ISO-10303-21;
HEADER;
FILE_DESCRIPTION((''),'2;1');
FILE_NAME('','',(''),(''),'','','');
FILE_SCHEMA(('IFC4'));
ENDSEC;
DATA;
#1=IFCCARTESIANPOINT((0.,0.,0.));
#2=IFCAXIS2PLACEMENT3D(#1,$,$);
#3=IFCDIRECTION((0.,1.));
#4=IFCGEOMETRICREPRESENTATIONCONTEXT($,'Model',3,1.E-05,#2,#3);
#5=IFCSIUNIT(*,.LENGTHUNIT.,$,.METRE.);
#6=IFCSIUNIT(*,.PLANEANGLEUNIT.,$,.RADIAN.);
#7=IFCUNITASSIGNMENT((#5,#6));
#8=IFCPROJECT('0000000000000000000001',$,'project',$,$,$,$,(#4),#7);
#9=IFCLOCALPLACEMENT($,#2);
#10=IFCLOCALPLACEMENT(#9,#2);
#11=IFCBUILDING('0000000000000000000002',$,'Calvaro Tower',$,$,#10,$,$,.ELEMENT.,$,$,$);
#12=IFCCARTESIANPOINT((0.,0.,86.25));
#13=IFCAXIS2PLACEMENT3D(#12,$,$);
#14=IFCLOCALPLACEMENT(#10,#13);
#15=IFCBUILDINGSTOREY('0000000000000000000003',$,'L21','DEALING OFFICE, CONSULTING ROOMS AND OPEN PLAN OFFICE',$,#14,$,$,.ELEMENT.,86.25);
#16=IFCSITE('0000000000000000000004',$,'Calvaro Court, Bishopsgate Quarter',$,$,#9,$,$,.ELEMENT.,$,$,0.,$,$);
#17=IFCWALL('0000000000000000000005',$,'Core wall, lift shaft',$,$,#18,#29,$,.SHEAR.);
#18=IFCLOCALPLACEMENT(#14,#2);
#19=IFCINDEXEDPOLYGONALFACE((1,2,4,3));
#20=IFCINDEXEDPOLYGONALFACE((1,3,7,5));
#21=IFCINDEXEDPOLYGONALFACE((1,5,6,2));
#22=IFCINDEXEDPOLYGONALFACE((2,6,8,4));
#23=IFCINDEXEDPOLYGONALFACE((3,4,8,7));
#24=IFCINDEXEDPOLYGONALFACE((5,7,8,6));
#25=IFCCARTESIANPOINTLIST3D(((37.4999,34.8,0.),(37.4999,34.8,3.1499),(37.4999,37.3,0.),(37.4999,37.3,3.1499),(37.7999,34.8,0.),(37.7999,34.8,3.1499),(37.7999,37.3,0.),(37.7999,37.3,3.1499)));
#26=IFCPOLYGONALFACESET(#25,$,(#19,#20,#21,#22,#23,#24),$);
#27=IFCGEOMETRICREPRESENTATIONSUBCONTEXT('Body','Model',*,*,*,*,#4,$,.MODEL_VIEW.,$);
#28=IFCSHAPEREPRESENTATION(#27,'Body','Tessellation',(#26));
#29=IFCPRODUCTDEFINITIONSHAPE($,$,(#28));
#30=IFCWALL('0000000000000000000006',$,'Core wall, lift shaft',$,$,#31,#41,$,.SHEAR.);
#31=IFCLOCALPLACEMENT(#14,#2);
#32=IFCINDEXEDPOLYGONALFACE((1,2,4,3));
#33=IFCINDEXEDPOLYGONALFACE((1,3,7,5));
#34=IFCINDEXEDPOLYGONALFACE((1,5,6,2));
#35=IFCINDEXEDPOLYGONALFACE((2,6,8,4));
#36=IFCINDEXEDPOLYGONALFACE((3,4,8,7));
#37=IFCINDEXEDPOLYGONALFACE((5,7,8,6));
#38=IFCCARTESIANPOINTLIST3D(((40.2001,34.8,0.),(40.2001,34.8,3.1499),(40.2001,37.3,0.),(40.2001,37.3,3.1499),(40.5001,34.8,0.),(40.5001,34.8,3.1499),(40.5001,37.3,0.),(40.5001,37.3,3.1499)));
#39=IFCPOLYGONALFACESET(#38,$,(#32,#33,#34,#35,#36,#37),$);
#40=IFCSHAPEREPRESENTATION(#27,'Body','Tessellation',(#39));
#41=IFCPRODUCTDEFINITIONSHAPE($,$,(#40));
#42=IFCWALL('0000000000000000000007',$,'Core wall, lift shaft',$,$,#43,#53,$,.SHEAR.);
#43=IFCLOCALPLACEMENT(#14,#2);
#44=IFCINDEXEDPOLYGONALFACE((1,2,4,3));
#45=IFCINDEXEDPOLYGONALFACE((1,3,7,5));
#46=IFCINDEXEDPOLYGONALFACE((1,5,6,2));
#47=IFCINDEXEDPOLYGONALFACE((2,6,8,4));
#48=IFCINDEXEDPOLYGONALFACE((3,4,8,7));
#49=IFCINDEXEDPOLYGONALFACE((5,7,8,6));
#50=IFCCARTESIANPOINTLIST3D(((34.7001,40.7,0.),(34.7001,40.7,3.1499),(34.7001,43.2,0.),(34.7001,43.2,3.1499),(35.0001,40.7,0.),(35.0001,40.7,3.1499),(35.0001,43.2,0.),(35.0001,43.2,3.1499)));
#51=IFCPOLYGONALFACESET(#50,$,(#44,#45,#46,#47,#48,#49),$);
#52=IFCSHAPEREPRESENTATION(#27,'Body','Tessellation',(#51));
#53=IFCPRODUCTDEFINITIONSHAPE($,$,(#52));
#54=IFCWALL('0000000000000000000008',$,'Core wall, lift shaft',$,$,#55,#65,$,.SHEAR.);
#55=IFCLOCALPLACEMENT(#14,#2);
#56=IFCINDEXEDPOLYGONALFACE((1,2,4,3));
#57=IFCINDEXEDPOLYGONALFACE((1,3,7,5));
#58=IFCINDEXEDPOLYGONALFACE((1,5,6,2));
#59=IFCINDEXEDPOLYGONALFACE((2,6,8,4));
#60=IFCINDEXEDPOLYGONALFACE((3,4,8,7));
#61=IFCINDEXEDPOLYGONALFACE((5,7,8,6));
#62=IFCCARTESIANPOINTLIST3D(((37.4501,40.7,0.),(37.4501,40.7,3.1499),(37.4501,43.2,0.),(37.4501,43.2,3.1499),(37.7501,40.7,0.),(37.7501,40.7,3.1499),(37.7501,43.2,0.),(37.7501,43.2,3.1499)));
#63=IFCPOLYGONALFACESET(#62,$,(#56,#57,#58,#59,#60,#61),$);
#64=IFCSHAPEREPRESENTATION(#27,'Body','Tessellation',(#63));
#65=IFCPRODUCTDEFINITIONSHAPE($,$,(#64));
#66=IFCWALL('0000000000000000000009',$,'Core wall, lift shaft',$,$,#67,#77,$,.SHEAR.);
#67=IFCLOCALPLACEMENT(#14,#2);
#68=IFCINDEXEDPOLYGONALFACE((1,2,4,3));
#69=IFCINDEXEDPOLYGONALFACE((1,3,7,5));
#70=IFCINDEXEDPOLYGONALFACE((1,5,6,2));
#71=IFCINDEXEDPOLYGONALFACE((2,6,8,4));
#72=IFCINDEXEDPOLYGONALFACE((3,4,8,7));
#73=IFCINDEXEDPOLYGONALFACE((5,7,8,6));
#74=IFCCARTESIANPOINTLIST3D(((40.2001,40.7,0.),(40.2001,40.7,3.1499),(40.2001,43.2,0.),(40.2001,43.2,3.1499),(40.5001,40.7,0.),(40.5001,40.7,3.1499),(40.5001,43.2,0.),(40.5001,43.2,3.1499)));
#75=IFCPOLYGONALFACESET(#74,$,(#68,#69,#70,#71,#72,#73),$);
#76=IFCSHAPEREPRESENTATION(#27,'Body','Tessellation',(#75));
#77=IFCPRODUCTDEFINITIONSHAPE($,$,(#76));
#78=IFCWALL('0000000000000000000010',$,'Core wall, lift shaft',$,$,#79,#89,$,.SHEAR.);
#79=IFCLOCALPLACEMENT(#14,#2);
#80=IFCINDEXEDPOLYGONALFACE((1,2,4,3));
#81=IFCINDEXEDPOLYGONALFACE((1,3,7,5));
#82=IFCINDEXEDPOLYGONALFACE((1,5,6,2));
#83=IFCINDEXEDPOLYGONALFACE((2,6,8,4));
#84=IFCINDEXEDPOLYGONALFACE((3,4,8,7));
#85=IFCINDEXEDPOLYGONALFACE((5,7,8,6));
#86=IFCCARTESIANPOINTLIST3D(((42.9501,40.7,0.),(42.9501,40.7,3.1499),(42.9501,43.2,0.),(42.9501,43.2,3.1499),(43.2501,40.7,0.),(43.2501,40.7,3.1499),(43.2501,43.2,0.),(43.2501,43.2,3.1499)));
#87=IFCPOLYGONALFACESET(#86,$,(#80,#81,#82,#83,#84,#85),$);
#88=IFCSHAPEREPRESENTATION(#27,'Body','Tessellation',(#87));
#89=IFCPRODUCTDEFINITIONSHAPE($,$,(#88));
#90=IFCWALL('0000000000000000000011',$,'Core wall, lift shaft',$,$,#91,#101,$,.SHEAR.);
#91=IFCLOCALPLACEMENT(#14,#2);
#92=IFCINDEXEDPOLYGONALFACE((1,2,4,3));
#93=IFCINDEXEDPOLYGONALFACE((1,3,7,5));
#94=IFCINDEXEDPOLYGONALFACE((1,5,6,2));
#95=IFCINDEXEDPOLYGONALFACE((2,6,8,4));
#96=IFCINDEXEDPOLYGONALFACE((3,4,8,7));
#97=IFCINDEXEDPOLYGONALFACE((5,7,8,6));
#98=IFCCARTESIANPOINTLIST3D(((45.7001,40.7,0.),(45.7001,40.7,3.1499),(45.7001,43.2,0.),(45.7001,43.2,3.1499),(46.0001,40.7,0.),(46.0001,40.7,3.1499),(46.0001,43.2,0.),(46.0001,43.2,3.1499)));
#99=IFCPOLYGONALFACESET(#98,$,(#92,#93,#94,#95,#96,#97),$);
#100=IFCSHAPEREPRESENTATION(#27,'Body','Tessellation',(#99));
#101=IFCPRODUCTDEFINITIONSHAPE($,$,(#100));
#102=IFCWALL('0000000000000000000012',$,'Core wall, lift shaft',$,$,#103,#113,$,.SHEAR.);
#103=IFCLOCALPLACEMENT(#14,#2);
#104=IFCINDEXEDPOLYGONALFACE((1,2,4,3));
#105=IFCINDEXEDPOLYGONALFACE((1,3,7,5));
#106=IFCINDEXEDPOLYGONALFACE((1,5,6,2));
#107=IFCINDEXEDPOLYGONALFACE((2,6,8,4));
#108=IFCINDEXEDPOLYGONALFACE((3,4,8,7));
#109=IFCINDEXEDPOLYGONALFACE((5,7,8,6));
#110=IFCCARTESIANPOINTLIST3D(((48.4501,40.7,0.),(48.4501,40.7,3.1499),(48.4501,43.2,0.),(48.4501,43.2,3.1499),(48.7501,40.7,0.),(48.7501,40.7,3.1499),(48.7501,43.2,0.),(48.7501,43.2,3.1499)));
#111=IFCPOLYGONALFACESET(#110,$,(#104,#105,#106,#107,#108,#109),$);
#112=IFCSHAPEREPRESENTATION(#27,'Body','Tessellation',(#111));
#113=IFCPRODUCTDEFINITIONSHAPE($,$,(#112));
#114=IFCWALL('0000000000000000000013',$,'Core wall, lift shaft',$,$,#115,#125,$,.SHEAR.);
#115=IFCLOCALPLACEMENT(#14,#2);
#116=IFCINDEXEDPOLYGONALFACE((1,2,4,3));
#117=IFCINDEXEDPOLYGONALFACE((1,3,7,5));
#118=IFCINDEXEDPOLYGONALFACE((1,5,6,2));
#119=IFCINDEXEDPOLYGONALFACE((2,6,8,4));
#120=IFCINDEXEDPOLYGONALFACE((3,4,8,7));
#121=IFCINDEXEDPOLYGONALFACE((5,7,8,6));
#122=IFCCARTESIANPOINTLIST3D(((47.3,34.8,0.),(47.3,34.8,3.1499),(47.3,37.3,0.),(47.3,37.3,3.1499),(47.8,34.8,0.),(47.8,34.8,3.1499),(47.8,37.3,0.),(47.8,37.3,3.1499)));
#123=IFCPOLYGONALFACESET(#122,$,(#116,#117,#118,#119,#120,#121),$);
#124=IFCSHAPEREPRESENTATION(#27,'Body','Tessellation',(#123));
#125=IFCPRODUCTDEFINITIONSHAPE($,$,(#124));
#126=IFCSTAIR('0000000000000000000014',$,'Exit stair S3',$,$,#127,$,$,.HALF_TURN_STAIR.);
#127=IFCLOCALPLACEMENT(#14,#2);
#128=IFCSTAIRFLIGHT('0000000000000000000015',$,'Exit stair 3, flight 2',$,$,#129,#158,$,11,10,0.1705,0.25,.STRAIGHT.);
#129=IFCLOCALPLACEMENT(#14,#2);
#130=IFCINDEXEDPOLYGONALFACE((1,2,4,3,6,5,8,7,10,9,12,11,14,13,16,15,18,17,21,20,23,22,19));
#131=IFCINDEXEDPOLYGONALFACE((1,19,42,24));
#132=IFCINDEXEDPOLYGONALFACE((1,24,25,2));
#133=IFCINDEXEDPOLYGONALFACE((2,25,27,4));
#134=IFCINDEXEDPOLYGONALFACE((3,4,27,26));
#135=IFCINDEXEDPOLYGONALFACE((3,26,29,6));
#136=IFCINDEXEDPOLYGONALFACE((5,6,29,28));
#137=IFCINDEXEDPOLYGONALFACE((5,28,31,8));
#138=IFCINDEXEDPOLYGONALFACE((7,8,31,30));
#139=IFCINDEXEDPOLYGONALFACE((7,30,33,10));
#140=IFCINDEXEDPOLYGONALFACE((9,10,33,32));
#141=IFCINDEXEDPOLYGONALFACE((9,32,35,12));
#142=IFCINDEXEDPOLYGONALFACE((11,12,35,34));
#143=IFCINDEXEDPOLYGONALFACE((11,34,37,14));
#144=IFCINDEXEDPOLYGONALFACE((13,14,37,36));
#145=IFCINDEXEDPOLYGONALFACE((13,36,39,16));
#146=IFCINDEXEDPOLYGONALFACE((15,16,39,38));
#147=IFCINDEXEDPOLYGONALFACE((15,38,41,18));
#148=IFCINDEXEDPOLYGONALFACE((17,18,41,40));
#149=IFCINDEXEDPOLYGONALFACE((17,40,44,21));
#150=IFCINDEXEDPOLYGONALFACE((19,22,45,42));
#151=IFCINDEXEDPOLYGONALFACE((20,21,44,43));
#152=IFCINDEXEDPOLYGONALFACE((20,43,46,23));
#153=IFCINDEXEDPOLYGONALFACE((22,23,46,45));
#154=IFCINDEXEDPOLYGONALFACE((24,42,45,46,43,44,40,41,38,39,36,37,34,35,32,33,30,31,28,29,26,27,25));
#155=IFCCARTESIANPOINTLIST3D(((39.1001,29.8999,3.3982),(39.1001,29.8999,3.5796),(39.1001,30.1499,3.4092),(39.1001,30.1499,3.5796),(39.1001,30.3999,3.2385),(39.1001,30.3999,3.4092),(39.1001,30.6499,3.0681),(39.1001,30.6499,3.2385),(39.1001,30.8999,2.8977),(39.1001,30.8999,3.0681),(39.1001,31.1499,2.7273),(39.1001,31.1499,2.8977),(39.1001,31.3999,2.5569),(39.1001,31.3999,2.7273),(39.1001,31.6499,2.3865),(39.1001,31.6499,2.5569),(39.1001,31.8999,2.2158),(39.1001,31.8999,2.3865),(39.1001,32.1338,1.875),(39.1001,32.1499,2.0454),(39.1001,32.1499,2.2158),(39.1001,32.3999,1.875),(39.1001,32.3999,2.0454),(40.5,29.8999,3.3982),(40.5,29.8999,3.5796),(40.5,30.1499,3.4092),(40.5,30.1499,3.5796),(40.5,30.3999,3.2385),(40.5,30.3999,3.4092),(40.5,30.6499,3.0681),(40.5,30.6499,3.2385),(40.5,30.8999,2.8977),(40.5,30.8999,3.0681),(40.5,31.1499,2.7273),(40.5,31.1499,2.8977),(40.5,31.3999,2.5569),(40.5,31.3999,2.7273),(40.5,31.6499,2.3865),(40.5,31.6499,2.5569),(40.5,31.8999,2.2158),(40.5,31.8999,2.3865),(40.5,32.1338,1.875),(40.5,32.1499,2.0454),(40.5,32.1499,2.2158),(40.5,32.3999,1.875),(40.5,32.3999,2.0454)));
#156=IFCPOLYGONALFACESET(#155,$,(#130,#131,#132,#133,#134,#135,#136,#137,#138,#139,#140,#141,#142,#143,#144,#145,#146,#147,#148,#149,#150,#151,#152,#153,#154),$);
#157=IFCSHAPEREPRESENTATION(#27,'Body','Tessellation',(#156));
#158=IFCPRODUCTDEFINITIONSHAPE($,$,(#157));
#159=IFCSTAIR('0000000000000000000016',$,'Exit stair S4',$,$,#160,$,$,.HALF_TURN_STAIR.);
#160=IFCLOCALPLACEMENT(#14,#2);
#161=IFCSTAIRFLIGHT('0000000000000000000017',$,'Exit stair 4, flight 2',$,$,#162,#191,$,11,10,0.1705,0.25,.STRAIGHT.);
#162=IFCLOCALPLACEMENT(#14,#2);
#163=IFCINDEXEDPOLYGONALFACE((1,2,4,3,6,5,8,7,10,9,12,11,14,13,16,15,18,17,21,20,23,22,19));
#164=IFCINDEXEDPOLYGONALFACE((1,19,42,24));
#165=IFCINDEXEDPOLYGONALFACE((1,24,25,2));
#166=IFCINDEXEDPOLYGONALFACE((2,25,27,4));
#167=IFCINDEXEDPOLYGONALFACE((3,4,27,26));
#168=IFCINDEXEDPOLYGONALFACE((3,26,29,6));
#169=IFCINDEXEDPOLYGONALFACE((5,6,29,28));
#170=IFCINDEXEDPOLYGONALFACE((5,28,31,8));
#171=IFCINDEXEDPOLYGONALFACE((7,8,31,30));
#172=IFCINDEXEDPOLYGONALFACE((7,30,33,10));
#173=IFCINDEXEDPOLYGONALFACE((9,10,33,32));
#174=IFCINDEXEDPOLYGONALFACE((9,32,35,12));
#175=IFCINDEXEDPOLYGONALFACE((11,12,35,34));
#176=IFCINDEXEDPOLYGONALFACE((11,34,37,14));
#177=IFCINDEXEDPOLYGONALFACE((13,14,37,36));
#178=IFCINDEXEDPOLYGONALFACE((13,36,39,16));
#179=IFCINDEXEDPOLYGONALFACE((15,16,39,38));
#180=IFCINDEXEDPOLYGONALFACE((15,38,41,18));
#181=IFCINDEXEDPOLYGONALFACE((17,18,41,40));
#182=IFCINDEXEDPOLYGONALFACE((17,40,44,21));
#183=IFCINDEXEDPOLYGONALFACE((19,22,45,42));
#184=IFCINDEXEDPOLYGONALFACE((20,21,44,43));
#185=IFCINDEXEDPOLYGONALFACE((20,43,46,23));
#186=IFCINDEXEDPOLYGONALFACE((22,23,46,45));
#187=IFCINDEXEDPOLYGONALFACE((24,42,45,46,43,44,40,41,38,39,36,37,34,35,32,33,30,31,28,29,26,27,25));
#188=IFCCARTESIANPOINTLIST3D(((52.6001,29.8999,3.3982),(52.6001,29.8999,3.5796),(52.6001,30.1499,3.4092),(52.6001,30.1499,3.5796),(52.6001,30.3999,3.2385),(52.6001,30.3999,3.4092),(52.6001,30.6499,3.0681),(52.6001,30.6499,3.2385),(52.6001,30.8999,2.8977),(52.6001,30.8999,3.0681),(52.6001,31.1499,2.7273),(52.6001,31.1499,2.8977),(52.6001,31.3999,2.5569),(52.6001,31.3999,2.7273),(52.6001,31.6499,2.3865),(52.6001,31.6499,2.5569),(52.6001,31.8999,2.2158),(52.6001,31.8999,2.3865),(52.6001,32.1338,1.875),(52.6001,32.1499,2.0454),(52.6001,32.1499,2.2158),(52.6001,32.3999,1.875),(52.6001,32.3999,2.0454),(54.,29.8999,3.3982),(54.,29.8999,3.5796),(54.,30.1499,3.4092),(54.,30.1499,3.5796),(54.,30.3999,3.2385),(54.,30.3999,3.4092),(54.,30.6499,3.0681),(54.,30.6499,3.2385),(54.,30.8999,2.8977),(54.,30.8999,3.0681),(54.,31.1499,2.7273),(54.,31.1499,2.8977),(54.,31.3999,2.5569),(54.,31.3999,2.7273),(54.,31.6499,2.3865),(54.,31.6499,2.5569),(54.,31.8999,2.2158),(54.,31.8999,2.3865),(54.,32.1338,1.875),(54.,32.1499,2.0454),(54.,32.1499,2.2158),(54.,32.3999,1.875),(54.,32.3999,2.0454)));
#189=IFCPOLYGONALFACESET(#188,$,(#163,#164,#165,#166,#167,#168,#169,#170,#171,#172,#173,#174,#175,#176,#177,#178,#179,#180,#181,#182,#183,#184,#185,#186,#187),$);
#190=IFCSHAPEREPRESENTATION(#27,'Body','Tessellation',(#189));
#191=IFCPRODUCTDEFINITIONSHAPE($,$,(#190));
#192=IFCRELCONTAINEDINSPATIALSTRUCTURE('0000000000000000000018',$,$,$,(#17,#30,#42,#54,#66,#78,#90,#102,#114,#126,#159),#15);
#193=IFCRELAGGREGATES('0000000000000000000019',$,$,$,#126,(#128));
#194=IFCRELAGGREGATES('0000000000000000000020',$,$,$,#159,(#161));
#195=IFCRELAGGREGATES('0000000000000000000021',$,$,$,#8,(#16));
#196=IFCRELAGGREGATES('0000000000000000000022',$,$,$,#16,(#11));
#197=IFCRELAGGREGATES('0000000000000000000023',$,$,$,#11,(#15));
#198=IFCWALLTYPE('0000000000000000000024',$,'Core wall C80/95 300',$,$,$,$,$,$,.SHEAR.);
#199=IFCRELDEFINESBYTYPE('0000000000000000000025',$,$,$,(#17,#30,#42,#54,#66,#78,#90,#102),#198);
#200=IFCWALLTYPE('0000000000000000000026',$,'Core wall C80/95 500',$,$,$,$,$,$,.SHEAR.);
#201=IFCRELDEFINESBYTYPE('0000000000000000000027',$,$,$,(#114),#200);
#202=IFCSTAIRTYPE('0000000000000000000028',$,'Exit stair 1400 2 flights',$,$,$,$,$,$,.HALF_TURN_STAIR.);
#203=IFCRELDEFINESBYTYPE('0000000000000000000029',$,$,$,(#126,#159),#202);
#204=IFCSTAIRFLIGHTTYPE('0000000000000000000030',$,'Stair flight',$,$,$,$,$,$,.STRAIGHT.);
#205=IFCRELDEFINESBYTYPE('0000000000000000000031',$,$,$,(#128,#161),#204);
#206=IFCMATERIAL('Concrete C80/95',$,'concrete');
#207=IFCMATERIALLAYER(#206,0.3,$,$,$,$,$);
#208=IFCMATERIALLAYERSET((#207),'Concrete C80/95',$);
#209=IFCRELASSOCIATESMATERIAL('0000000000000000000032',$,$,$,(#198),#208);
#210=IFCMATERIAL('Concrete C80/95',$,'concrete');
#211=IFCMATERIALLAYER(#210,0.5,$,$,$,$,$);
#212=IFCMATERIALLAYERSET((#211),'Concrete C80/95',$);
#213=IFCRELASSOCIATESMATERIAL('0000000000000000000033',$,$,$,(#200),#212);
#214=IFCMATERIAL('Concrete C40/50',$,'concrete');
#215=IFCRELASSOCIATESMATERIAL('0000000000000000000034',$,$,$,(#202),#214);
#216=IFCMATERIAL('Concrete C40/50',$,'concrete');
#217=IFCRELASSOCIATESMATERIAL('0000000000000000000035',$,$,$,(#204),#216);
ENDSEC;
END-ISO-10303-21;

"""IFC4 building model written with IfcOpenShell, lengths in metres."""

from ifc_helpers import new_model, si_unit, direction, frame, frame_2d, origin, place, context, subcontext, project, spatial, polyline, rectangle, outline, extrude, material, layer, layer_set, type_object, element, aggregate, save


model = new_model("IFC4")

# Units and contexts
model_context = context("Model", 3, precision=1e-05, world=origin(), true_north=direction((0.0, 1.0)))
body_context = subcontext(model_context, "Body", "Model", "MODEL_VIEW")
ifc_project = project(units=[si_unit("LENGTHUNIT", "METRE"), si_unit("PLANEANGLEUNIT", "RADIAN")], contexts=[model_context])

# Site, building, storey
site_placement = place(None, origin())
site = spatial("IfcSite", under=ifc_project, at=site_placement, Name="Calvaro Court, Bishopsgate Quarter", CompositionType="ELEMENT", RefElevation=0.0)
building_placement = place(site_placement, origin())
building = spatial("IfcBuilding", under=site, at=building_placement, Name="Calvaro Tower", CompositionType="ELEMENT")
storey_placement = place(building_placement, frame((0.0, 0.0, 86.25)))
storey = spatial("IfcBuildingStorey", under=building, at=storey_placement, Name="L21", Description="DEALING OFFICE, CONSULTING ROOMS AND OPEN PLAN OFFICE", CompositionType="ELEMENT", Elevation=86.25)

# Shared definitions
ifc_material_1 = material(Name="Concrete C80/95", Category="concrete")
ifc_layer_1 = layer(ifc_material_1, 0.3)
ifc_layer_set_1 = layer_set([ifc_layer_1], Name="Concrete C80/95")
wall_type_1 = type_object("IfcWallType", Name="Core wall C80/95 300", PredefinedType="SHEAR", material=ifc_layer_set_1)

# Walls
for number, where, z_axis, x_axis, name in (
    (1, (37.6499, 34.8, 0.0), (0.0, 0.0, 1.0), (0.0, 1.0, 0.0), "Core wall, lift shaft"),
    (2, (40.3501, 34.8, 0.0), (0.0, 0.0, 1.0), (0.0, 1.0, 0.0), "Core wall, lift shaft"),
    (3, (34.8501, 40.7, 0.0), (0.0, 0.0, 1.0), (0.0, 1.0, 0.0), "Core wall, lift shaft"),
    (4, (37.6001, 40.7, 0.0), (0.0, 0.0, 1.0), (0.0, 1.0, 0.0), "Core wall, lift shaft"),
    (5, (40.3501, 40.7, 0.0), (0.0, 0.0, 1.0), (0.0, 1.0, 0.0), "Core wall, lift shaft"),
    (6, (43.1001, 40.7, 0.0), (0.0, 0.0, 1.0), (0.0, 1.0, 0.0), "Core wall, lift shaft"),
    (7, (45.8501, 40.7, 0.0), (0.0, 0.0, 1.0), (0.0, 1.0, 0.0), "Core wall, lift shaft"),
    (8, (48.6001, 40.7, 0.0), (0.0, 0.0, 1.0), (0.0, 1.0, 0.0), "Core wall, lift shaft"),
):
    element("IfcWall", number, at=place(storey_placement, frame(where, z_axis=z_axis, x_axis=x_axis)), inside=storey, type_object=wall_type_1, Name=name, PredefinedType="SHEAR", context=body_context, shape_type="SweptSolid", body=[
        extrude(rectangle(XDim=2.5, YDim=0.3, at=frame_2d((1.25, 0.0))), origin(), (0.0, 0.0, 1.0), 3.1499),
    ])
ifc_material_2 = material(Name="Concrete C80/95", Category="concrete")
ifc_layer_2 = layer(ifc_material_2, 0.5)
ifc_layer_set_2 = layer_set([ifc_layer_2], Name="Concrete C80/95")
wall_type_2 = type_object("IfcWallType", Name="Core wall C80/95 500", PredefinedType="SHEAR", material=ifc_layer_set_2)
wall_1_placement = place(storey_placement, frame((47.55, 34.8, 0.0), z_axis=(0.0, 0.0, 1.0), x_axis=(0.0, 1.0, 0.0)))
element("IfcWall", 9, at=wall_1_placement, inside=storey, type_object=wall_type_2, Name="Core wall, lift shaft", PredefinedType="SHEAR", context=body_context, shape_type="SweptSolid", body=[
    extrude(rectangle(XDim=2.5, YDim=0.5, at=frame_2d((1.25, 0.0))), origin(), (0.0, 0.0, 1.0), 3.1499),
])

# Stairs, stair flights
ifc_material_3 = material(Name="Concrete C40/50", Category="concrete")
stair_type = type_object("IfcStairType", Name="Exit stair 1400 2 flights", PredefinedType="HALF_TURN_STAIR", material=ifc_material_3)
stair_1_placement = place(storey_placement, origin())
stair_1 = element("IfcStair", 10, at=stair_1_placement, inside=storey, type_object=stair_type, Name="Exit stair S3", PredefinedType="HALF_TURN_STAIR")
ifc_material_4 = material(Name="Concrete C40/50", Category="concrete")
stair_flight_type = type_object("IfcStairFlightType", Name="Stair flight", PredefinedType="STRAIGHT", material=ifc_material_4)
stair_flight_1_placement = place(storey_placement, frame((39.8, 32.3999, 1.875), z_axis=(0.0, 0.0, 1.0), x_axis=(0.0, -1.0, 0.0)))
stair_flight_1 = element("IfcStairFlight", 11, at=stair_flight_1_placement, type_object=stair_flight_type, Name="Exit stair 3, flight 2", NumberOfRisers=11, NumberOfTreads=10, PredefinedType="STRAIGHT", RiserHeight=0.1705, TreadLength=0.25, context=body_context, shape_type="SweptSolid", body=[
    extrude(outline(polyline([(0.0, 0.0), (0.0, 0.1704), (0.25, 0.1704), (0.25, 0.3408), (0.5, 0.3408), (0.5, 0.5115), (0.75, 0.5115), (0.75, 0.6819), (1.0, 0.6819), (1.0, 0.8523), (1.25, 0.8523), (1.25, 1.0227), (1.5, 1.0227), (1.5, 1.1931), (1.75, 1.1931), (1.75, 1.3635), (2.0, 1.3635), (2.0, 1.5342), (2.25, 1.5342), (2.25, 1.7046), (2.5, 1.7046), (2.5, 1.875), (2.5, 1.5232), (0.2661, 0.0), (0.0, 0.0)])), frame((0.0, 0.7, 0.0), z_axis=(0.0, -1.0, 0.0), x_axis=(1.0, 0.0, 0.0)), (0.0, 0.0, 1.0), 1.3999),
])
stair_2_placement = place(storey_placement, origin())
stair_2 = element("IfcStair", 12, at=stair_2_placement, inside=storey, type_object=stair_type, Name="Exit stair S4", PredefinedType="HALF_TURN_STAIR")
stair_flight_2_placement = place(storey_placement, frame((53.3, 32.3999, 1.875), z_axis=(0.0, 0.0, 1.0), x_axis=(0.0, -1.0, 0.0)))
stair_flight_2 = element("IfcStairFlight", 13, at=stair_flight_2_placement, type_object=stair_flight_type, Name="Exit stair 4, flight 2", NumberOfRisers=11, NumberOfTreads=10, PredefinedType="STRAIGHT", RiserHeight=0.1705, TreadLength=0.25, context=body_context, shape_type="SweptSolid", body=[
    extrude(outline(polyline([(0.0, 0.0), (0.0, 0.1704), (0.25, 0.1704), (0.25, 0.3408), (0.5, 0.3408), (0.5, 0.5115), (0.75, 0.5115), (0.75, 0.6819), (1.0, 0.6819), (1.0, 0.8523), (1.25, 0.8523), (1.25, 1.0227), (1.5, 1.0227), (1.5, 1.1931), (1.75, 1.1931), (1.75, 1.3635), (2.0, 1.3635), (2.0, 1.5342), (2.25, 1.5342), (2.25, 1.7046), (2.5, 1.7046), (2.5, 1.875), (2.5, 1.5232), (0.2661, 0.0), (0.0, 0.0)])), frame((0.0, 0.7, 0.0), z_axis=(0.0, -1.0, 0.0), x_axis=(1.0, 0.0, 0.0)), (0.0, 0.0, 1.0), 1.3999),
])

aggregate(stair_1, [stair_flight_1])
aggregate(stair_2, [stair_flight_2])

save(model, "model.ifc")
